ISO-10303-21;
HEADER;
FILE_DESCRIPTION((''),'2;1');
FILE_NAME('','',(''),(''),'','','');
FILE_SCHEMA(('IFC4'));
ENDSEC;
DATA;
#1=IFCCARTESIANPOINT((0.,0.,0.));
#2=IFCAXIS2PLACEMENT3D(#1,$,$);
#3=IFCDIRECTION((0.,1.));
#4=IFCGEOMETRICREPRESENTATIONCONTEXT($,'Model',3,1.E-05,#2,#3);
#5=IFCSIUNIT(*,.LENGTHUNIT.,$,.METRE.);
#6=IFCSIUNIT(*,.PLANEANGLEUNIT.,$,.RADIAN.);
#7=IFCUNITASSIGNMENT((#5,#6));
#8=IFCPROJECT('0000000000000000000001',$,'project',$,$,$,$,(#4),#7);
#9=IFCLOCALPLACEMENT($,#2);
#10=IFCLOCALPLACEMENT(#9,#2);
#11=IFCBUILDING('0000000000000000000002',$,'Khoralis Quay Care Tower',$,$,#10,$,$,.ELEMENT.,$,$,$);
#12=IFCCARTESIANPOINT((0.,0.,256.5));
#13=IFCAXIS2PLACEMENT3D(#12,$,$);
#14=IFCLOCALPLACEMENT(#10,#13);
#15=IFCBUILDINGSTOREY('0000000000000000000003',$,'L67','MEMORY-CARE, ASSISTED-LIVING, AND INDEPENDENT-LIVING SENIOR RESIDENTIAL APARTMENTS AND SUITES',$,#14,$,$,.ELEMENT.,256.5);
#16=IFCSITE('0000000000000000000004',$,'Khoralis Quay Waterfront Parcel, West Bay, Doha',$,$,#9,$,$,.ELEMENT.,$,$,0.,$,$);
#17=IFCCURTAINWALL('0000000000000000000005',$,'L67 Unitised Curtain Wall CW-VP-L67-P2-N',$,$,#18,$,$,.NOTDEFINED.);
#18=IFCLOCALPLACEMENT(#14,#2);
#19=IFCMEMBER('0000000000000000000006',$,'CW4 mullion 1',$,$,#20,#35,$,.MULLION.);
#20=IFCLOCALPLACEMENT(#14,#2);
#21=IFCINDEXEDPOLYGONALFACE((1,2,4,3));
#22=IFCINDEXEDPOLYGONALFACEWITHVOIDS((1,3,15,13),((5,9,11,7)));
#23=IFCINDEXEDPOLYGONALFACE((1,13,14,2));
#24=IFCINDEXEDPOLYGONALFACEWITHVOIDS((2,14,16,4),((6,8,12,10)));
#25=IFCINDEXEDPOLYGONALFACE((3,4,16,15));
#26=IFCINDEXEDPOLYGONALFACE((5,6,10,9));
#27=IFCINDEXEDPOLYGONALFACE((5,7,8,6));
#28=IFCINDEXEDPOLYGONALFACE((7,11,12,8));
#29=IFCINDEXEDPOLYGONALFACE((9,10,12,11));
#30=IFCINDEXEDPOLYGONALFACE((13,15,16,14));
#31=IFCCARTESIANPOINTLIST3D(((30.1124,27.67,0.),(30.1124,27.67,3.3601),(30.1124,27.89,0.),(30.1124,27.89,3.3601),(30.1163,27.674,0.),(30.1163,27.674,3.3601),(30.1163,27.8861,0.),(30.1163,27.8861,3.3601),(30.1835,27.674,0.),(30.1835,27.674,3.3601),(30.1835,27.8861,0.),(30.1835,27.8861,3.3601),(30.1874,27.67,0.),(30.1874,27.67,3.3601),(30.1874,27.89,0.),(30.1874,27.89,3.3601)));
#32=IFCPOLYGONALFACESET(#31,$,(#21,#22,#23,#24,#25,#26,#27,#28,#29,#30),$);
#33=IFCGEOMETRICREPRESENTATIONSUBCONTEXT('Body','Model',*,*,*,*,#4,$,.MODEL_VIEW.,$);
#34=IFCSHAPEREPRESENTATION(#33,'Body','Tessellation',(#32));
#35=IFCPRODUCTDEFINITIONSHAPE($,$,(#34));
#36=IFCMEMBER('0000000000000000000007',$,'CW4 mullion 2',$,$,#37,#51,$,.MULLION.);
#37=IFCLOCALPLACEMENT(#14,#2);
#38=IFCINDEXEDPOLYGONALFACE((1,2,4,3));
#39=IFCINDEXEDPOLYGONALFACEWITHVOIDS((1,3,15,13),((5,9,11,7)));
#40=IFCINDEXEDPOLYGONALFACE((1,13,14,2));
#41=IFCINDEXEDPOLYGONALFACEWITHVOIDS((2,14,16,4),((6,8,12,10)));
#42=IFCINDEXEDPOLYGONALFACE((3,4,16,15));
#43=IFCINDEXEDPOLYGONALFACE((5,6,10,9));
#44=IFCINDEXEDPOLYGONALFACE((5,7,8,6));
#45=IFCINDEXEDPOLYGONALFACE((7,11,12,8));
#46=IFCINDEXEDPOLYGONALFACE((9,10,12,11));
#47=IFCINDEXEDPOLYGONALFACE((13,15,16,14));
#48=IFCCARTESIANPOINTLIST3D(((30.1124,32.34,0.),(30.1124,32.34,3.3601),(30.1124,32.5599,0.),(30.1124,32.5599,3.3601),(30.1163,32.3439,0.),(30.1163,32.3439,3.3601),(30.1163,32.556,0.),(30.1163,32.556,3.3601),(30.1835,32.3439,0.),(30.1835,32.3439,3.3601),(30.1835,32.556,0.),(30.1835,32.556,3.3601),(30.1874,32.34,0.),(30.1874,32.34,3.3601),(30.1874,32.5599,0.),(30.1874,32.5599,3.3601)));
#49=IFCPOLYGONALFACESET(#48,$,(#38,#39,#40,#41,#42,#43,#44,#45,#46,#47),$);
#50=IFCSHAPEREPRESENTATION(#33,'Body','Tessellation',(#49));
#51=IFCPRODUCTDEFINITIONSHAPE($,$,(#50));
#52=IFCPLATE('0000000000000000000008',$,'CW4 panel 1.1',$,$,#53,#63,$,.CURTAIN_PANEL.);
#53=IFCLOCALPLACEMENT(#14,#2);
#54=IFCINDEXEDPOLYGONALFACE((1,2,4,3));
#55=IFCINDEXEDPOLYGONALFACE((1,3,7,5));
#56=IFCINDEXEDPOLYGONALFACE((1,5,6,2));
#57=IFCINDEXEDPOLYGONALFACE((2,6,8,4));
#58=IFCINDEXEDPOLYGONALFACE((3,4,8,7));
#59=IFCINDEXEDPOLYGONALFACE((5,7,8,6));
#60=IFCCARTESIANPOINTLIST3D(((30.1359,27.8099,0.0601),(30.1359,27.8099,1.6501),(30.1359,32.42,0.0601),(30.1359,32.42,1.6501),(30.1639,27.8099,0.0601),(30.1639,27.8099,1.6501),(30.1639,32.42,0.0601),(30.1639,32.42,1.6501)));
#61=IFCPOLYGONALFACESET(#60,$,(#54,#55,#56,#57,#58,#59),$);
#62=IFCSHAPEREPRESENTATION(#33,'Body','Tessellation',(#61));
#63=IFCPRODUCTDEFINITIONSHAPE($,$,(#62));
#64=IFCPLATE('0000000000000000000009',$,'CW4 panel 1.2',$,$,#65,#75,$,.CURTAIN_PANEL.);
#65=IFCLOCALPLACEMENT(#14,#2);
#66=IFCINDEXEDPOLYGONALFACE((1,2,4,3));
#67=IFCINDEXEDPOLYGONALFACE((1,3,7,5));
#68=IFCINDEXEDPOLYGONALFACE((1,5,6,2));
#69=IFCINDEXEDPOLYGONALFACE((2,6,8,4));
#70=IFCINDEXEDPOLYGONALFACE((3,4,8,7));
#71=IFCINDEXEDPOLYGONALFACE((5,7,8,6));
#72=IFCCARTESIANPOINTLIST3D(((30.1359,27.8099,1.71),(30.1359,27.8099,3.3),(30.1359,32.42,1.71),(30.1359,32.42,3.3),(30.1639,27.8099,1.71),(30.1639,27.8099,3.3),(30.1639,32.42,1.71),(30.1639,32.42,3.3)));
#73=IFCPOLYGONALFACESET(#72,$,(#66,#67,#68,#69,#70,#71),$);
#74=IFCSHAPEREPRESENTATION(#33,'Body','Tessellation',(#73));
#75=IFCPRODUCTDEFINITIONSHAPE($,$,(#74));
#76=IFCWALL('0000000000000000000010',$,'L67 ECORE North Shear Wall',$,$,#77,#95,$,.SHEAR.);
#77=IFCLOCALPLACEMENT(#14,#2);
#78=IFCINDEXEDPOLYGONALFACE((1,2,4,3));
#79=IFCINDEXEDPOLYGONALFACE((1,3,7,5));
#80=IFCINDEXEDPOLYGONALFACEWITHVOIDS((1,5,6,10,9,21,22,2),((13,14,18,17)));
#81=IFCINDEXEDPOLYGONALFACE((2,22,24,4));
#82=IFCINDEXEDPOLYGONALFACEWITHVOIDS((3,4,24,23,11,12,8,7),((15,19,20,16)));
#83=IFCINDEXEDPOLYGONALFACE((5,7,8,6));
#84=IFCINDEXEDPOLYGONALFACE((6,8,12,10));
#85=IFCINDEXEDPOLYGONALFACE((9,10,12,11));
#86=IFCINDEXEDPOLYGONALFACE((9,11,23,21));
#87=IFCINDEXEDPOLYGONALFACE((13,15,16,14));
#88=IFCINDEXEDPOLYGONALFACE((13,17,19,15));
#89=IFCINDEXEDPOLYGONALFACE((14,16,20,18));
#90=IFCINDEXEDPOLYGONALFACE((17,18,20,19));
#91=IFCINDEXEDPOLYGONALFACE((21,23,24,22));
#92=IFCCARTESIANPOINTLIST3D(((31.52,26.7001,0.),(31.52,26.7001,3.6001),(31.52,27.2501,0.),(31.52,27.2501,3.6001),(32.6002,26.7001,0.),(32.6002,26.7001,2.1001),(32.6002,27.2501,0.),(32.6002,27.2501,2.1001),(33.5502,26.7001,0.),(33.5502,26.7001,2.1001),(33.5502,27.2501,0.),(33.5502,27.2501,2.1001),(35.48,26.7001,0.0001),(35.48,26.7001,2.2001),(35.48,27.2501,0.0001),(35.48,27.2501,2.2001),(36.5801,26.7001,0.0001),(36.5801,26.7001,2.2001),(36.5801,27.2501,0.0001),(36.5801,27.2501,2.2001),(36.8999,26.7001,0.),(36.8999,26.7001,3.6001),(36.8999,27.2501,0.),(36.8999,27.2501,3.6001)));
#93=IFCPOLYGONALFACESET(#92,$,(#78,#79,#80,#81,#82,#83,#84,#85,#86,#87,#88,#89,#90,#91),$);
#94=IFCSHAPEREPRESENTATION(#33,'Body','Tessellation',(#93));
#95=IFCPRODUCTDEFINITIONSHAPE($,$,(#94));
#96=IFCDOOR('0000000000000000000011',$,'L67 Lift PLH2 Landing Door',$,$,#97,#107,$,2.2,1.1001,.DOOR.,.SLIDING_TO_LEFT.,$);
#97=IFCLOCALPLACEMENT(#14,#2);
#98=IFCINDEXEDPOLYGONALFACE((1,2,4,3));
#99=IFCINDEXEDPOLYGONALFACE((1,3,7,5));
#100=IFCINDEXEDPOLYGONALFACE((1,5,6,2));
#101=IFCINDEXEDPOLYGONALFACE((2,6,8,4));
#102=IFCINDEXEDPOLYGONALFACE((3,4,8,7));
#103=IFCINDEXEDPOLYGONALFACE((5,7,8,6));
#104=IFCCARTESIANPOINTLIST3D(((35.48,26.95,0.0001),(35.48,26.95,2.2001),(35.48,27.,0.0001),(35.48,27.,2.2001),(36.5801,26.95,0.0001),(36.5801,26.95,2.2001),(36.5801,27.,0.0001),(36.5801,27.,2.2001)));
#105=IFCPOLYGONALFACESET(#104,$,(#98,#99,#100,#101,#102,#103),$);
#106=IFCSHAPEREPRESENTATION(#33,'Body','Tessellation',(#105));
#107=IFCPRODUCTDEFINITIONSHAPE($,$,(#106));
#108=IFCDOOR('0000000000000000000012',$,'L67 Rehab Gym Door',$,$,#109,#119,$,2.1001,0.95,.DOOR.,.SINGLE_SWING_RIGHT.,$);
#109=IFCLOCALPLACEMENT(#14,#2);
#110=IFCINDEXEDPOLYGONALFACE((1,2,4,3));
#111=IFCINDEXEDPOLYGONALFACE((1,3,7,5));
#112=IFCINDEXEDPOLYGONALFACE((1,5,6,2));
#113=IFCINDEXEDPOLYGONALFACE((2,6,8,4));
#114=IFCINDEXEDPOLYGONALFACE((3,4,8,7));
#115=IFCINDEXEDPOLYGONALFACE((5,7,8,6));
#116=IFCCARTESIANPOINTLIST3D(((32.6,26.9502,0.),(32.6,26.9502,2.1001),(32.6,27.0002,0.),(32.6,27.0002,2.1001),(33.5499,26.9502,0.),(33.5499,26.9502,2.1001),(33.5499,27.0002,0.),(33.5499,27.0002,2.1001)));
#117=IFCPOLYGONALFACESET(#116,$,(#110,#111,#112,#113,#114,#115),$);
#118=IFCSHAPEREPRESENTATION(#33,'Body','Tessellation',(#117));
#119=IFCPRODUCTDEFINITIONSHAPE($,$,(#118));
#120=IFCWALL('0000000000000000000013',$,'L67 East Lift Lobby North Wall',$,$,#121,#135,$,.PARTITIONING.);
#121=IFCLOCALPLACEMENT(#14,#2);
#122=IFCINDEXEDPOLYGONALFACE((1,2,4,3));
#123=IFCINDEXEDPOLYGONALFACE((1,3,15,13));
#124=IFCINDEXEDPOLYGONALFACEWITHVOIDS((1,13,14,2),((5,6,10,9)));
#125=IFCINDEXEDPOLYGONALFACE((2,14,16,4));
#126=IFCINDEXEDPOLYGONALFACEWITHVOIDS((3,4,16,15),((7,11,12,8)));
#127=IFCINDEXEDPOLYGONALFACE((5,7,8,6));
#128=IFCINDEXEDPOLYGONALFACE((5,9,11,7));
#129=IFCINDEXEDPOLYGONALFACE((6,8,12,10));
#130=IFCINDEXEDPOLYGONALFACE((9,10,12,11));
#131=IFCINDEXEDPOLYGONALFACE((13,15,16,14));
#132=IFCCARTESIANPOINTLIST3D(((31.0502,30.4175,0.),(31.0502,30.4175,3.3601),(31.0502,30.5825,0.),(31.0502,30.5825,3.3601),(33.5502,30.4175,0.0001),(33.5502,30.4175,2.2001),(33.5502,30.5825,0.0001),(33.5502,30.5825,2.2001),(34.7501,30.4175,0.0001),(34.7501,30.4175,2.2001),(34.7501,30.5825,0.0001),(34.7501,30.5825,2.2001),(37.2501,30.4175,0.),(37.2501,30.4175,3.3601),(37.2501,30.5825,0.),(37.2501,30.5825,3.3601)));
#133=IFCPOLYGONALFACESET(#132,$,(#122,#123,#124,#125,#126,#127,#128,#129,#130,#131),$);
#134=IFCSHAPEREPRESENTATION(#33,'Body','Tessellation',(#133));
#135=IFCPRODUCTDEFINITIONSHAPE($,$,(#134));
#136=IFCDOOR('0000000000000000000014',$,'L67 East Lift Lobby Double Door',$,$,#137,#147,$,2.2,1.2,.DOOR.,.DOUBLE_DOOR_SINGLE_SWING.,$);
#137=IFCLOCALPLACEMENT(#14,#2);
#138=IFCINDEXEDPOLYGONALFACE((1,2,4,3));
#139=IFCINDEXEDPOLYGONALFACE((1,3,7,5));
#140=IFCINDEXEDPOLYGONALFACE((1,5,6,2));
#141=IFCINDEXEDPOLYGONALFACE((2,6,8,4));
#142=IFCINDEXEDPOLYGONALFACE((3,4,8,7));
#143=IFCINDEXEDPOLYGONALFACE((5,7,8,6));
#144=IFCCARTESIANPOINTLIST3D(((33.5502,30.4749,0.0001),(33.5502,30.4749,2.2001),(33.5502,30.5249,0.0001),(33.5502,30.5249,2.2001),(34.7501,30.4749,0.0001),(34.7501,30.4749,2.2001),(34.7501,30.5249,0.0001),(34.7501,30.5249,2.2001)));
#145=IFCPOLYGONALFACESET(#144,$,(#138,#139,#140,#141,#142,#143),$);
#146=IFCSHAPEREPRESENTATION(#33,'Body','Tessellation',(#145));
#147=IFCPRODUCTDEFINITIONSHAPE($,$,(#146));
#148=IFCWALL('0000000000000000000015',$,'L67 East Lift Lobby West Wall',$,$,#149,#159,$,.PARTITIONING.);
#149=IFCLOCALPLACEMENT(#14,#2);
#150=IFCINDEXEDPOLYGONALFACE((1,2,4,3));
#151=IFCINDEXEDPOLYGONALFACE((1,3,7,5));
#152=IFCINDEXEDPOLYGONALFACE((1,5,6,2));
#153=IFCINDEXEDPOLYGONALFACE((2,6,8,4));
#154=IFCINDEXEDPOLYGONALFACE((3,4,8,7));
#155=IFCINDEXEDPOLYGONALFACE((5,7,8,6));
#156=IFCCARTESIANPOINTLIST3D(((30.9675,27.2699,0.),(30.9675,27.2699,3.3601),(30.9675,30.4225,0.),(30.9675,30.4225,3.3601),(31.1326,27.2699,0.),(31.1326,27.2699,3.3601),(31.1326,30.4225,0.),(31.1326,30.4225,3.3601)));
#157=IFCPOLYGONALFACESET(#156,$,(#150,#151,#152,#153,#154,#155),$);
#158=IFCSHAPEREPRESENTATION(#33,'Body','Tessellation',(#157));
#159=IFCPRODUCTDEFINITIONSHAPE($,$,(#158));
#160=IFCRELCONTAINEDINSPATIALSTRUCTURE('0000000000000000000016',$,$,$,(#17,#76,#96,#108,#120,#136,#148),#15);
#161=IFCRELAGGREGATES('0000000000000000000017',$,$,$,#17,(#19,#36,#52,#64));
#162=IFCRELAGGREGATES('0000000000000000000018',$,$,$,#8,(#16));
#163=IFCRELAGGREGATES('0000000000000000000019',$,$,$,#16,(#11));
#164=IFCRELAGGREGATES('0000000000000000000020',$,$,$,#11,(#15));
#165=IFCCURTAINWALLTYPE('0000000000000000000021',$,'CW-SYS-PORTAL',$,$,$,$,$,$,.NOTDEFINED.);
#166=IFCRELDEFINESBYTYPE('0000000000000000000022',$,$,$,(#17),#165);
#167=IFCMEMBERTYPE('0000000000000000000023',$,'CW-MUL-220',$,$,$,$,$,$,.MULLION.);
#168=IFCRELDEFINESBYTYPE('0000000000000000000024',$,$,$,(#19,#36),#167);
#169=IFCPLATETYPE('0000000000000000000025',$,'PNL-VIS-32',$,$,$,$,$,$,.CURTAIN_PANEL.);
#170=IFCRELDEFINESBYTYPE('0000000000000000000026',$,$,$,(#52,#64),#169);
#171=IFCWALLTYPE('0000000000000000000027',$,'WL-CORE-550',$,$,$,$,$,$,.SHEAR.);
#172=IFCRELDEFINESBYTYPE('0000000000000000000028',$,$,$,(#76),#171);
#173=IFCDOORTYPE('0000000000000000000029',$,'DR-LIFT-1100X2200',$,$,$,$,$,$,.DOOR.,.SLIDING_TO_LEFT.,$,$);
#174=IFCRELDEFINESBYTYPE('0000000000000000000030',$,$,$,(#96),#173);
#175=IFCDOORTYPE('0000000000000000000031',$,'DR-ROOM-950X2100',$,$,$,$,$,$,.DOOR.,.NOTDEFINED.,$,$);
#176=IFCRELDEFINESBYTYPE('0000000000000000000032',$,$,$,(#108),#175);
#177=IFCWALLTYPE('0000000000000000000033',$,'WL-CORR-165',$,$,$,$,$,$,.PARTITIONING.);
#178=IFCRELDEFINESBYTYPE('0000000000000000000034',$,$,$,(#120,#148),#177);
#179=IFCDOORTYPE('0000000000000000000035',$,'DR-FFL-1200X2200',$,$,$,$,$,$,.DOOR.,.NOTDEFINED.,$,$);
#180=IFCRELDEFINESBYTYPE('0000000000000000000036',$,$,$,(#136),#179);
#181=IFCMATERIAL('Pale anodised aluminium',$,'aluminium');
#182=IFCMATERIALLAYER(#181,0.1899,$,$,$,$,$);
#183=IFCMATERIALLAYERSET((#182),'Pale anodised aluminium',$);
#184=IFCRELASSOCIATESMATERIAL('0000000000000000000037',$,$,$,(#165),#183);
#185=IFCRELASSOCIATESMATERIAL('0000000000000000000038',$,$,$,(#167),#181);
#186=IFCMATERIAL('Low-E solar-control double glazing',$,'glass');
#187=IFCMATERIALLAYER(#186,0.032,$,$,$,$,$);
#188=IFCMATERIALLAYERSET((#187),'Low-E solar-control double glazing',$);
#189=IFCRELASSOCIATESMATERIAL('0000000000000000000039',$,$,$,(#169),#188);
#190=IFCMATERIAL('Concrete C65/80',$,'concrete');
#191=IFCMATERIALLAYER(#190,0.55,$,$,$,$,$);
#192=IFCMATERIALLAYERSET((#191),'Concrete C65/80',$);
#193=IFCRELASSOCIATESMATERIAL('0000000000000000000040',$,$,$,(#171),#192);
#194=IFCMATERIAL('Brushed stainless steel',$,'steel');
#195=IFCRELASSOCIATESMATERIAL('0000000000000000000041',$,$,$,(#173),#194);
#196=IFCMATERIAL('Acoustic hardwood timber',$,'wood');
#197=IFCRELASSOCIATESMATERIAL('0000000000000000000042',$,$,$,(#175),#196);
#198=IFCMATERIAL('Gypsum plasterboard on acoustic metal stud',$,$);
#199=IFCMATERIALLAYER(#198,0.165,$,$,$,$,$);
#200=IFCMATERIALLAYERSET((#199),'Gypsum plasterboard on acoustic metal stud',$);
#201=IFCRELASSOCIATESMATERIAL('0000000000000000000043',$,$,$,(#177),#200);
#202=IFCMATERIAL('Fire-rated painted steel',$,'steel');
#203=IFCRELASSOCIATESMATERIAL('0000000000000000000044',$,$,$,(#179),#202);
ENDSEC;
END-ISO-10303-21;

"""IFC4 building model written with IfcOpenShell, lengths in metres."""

from ifc_helpers import new_model, si_unit, direction, frame, frame_2d, origin, origin_2d, place, context, subcontext, project, spatial, rectangle, hollow_rectangle, extrude, source, transform, mapped, material, layer, layer_set, material_profile, profile_set, type_object, element, fill, aggregate, save


model = new_model("IFC4")

# Units and contexts
model_context = context("Model", 3, precision=1e-05, world=origin(), true_north=direction((0.0, 1.0)))
body_context = subcontext(model_context, "Body", "Model", "MODEL_VIEW")
ifc_project = project(units=[si_unit("LENGTHUNIT", "METRE"), si_unit("PLANEANGLEUNIT", "RADIAN")], contexts=[model_context])

# Site, building, storey
site_placement = place(None, origin())
site = spatial("IfcSite", under=ifc_project, at=site_placement, Name="Khoralis Quay Waterfront Parcel, West Bay, Doha", CompositionType="ELEMENT", RefElevation=0.0)
building_placement = place(site_placement, origin())
building = spatial("IfcBuilding", under=site, at=building_placement, Name="Khoralis Quay Care Tower", CompositionType="ELEMENT")
storey_placement = place(building_placement, frame((0.0, 0.0, 256.5)))
storey = spatial("IfcBuildingStorey", under=building, at=storey_placement, Name="L67", Description="MEMORY-CARE, ASSISTED-LIVING, AND INDEPENDENT-LIVING SENIOR RESIDENTIAL APARTMENTS AND SUITES", CompositionType="ELEMENT", Elevation=256.5)

# Curtain wall, members, plates
ifc_material_1 = material(Name="Pale anodised aluminium", Category="aluminium")
ifc_layer_1 = layer(ifc_material_1, 0.1899)
ifc_layer_set_1 = layer_set([ifc_layer_1], Name="Pale anodised aluminium")
curtain_wall_type = type_object("IfcCurtainWallType", Name="CW-SYS-PORTAL", PredefinedType="NOTDEFINED", material=ifc_layer_set_1)
curtain_wall_placement = place(storey_placement, origin())
curtain_wall = element("IfcCurtainWall", 1, at=curtain_wall_placement, inside=storey, type_object=curtain_wall_type, Name="L67 Unitised Curtain Wall CW-VP-L67-P2-N", PredefinedType="NOTDEFINED")
ifc_material_profile_1 = material_profile(ifc_material_1, hollow_rectangle(XDim=0.075, YDim=0.22, WallThickness=0.0039, at=origin_2d()), Name="Pale anodised aluminium")
ifc_profile_set_1 = profile_set([ifc_material_profile_1], Name="Pale anodised aluminium")
member_type_1 = type_object("IfcMemberType", Name="CW-MUL-220", PredefinedType="MULLION", material=ifc_profile_set_1)
shared_shape_1 = source(origin(), body_context, "Body", "SweptSolid", [
    extrude(hollow_rectangle(XDim=0.075, YDim=0.22, WallThickness=0.0039, at=origin_2d()), origin(), (0.0, 0.0, 1.0), 3.3601),
])
member_1_placement = place(storey_placement, frame((30.1499, 27.78, 0.0), z_axis=(0.0, 0.0, 1.0), x_axis=(-1.0, 0.0, 0.0)))
member_1 = element("IfcMember", 2, at=member_1_placement, type_object=member_type_1, Name="CW4 mullion 1", PredefinedType="MULLION", context=body_context, shape_type="MappedRepresentation", body=[
    mapped(shared_shape_1, transform((0.0, 0.0, 0.0), scale=1.0)),
])
member_2_placement = place(storey_placement, frame((30.1499, 32.45, 0.0), z_axis=(0.0, 0.0, 1.0), x_axis=(-1.0, 0.0, 0.0)))
member_2 = element("IfcMember", 3, at=member_2_placement, type_object=member_type_1, Name="CW4 mullion 2", PredefinedType="MULLION", context=body_context, shape_type="MappedRepresentation", body=[
    mapped(shared_shape_1, transform((0.0, 0.0, 0.0), scale=1.0)),
])
ifc_material_2 = material(Name="Low-E solar-control double glazing", Category="glass")
ifc_layer_2 = layer(ifc_material_2, 0.032)
ifc_layer_set_2 = layer_set([ifc_layer_2], Name="Low-E solar-control double glazing")
plate_type = type_object("IfcPlateType", Name="PNL-VIS-32", PredefinedType="CURTAIN_PANEL", material=ifc_layer_set_2)
shared_shape_2 = source(origin(), body_context, "Body", "SweptSolid", [
    extrude(rectangle(XDim=4.6101, YDim=0.0281, at=origin_2d()), origin(), (0.0, 0.0, 1.0), 1.5901),
])
plate_1_placement = place(storey_placement, frame((30.1499, 30.115, 0.0601), z_axis=(0.0, 0.0, 1.0), x_axis=(0.0, 1.0, 0.0)))
plate_1 = element("IfcPlate", 4, at=plate_1_placement, type_object=plate_type, Name="CW4 panel 1.1", PredefinedType="CURTAIN_PANEL", context=body_context, shape_type="MappedRepresentation", body=[
    mapped(shared_shape_2, transform((0.0, 0.0, 0.0), scale=1.0)),
])
plate_2_placement = place(storey_placement, frame((30.1499, 30.115, 1.71), z_axis=(0.0, 0.0, 1.0), x_axis=(0.0, 1.0, 0.0)))
plate_2 = element("IfcPlate", 5, at=plate_2_placement, type_object=plate_type, Name="CW4 panel 1.2", PredefinedType="CURTAIN_PANEL", context=body_context, shape_type="MappedRepresentation", body=[
    mapped(shared_shape_2, transform((0.0, 0.0, 0.0), scale=1.0)),
])
aggregate(curtain_wall, [member_1, member_2, plate_1, plate_2])

# Wall, openings, doors
ifc_material_3 = material(Name="Concrete C65/80", Category="concrete")
ifc_layer_3 = layer(ifc_material_3, 0.55)
ifc_layer_set_3 = layer_set([ifc_layer_3], Name="Concrete C65/80")
wall_type_1 = type_object("IfcWallType", Name="WL-CORE-550", PredefinedType="SHEAR", material=ifc_layer_set_3)
wall_1_placement = place(storey_placement, frame((31.52, 26.9751, 0.0), z_axis=(0.0, 0.0, 1.0), x_axis=(1.0, 0.0, 0.0)))
wall_1 = element("IfcWall", 6, at=wall_1_placement, inside=storey, type_object=wall_type_1, Name="L67 ECORE North Shear Wall", PredefinedType="SHEAR", context=body_context, shape_type="SweptSolid", body=[
    extrude(rectangle(XDim=5.3799, YDim=0.55, at=frame_2d((2.6899, 0.0))), origin(), (0.0, 0.0, 1.0), 3.6001),
])
opening_1_placement = place(wall_1_placement, frame((1.0801, 0.0, 0.0)))
opening_1 = element("IfcOpeningElement", 7, at=opening_1_placement, cuts=wall_1, PredefinedType="OPENING", context=body_context, shape_type="SweptSolid", body=[
    extrude(rectangle(XDim=0.95, YDim=2.1001, at=frame_2d((0.4751, 1.05))), frame((0.0, 0.2852, 0.0), z_axis=(0.0, -1.0, 0.0), x_axis=(1.0, 0.0, 0.0)), (0.0, 0.0, 1.0), 0.5701),
])
opening_2_placement = place(wall_1_placement, frame((3.96, 0.0, 0.0)))
opening_2 = element("IfcOpeningElement", 8, at=opening_2_placement, cuts=wall_1, PredefinedType="OPENING", context=body_context, shape_type="SweptSolid", body=[
    extrude(rectangle(XDim=1.1001, YDim=2.2, at=frame_2d((0.55, 1.1001))), frame((0.0, 0.2852, 0.0), z_axis=(0.0, -1.0, 0.0), x_axis=(1.0, 0.0, 0.0)), (0.0, 0.0, 1.0), 0.5701),
])
ifc_material_4 = material(Name="Brushed stainless steel", Category="steel")
door_type_1 = type_object("IfcDoorType", Name="DR-LIFT-1100X2200", OperationType="SLIDING_TO_LEFT", PredefinedType="DOOR", material=ifc_material_4)
shared_shape_3 = source(origin(), body_context, "Body", "SweptSolid", [
    extrude(rectangle(XDim=1.1001, YDim=2.2, at=frame_2d((0.55, 1.1001))), frame((0.0, 0.0249, 0.0), z_axis=(0.0, -1.0, 0.0), x_axis=(1.0, 0.0, 0.0)), (0.0, 0.0, 1.0), 0.05),
])
door_1_placement = place(opening_2_placement, origin())
door_1 = element("IfcDoor", 9, at=door_1_placement, inside=storey, type_object=door_type_1, Name="L67 Lift PLH2 Landing Door", OperationType="SLIDING_TO_LEFT", OverallHeight=2.2, OverallWidth=1.1001, PredefinedType="DOOR", context=body_context, shape_type="MappedRepresentation", body=[
    mapped(shared_shape_3, transform((0.0, 0.0, 0.0), scale=1.0)),
])
fill(opening_2, door_1)
ifc_material_5 = material(Name="Acoustic hardwood timber", Category="wood")
door_type_2 = type_object("IfcDoorType", Name="DR-ROOM-950X2100", OperationType="NOTDEFINED", PredefinedType="DOOR", material=ifc_material_5)
shared_shape_4 = source(origin(), body_context, "Body", "SweptSolid", [
    extrude(rectangle(XDim=0.95, YDim=2.1001, at=frame_2d((0.4751, 1.05))), frame((0.0, 0.0249, 0.0), z_axis=(0.0, -1.0, 0.0), x_axis=(1.0, 0.0, 0.0)), (0.0, 0.0, 1.0), 0.05),
])
door_2_placement = place(opening_1_placement, frame((0.95, 0.0, 0.0), z_axis=(0.0, 0.0, 1.0), x_axis=(-1.0, 0.0, 0.0)))
door_2 = element("IfcDoor", 10, at=door_2_placement, inside=storey, type_object=door_type_2, Name="L67 Rehab Gym Door", OperationType="SINGLE_SWING_RIGHT", OverallHeight=2.1001, OverallWidth=0.95, PredefinedType="DOOR", context=body_context, shape_type="MappedRepresentation", body=[
    mapped(shared_shape_4, transform((0.0, 0.0, 0.0), scale=1.0)),
])
fill(opening_1, door_2)

# Wall, opening, door
ifc_material_6 = material(Name="Gypsum plasterboard on acoustic metal stud")
ifc_layer_4 = layer(ifc_material_6, 0.165)
ifc_layer_set_4 = layer_set([ifc_layer_4], Name="Gypsum plasterboard on acoustic metal stud")
wall_type_2 = type_object("IfcWallType", Name="WL-CORR-165", PredefinedType="PARTITIONING", material=ifc_layer_set_4)
wall_2_placement = place(storey_placement, frame((31.05, 30.5, 0.0), z_axis=(0.0, 0.0, 1.0), x_axis=(1.0, 0.0, 0.0)))
wall_2 = element("IfcWall", 11, at=wall_2_placement, inside=storey, type_object=wall_type_2, Name="L67 East Lift Lobby North Wall", PredefinedType="PARTITIONING", context=body_context, shape_type="SweptSolid", body=[
    extrude(rectangle(XDim=6.2, YDim=0.165, at=frame_2d((3.1001, 0.0))), origin(), (0.0, 0.0, 1.0), 3.3601),
])
opening_3_placement = place(wall_2_placement, frame((2.5, 0.0, 0.0)))
opening_3 = element("IfcOpeningElement", 12, at=opening_3_placement, cuts=wall_2, PredefinedType="OPENING", context=body_context, shape_type="SweptSolid", body=[
    extrude(rectangle(XDim=1.2, YDim=2.2, at=frame_2d((0.6001, 1.1001))), frame((0.0, 0.0925, 0.0), z_axis=(0.0, -1.0, 0.0), x_axis=(1.0, 0.0, 0.0)), (0.0, 0.0, 1.0), 0.1851),
])
ifc_material_7 = material(Name="Fire-rated painted steel", Category="steel")
door_type_3 = type_object("IfcDoorType", Name="DR-FFL-1200X2200", OperationType="NOTDEFINED", PredefinedType="DOOR", material=ifc_material_7)
shared_shape_5 = source(origin(), body_context, "Body", "SweptSolid", [
    extrude(rectangle(XDim=1.2, YDim=2.2, at=frame_2d((0.6001, 1.1001))), frame((0.0, 0.0249, 0.0), z_axis=(0.0, -1.0, 0.0), x_axis=(1.0, 0.0, 0.0)), (0.0, 0.0, 1.0), 0.05),
])
door_3_placement = place(opening_3_placement, origin())
door_3 = element("IfcDoor", 13, at=door_3_placement, inside=storey, type_object=door_type_3, Name="L67 East Lift Lobby Double Door", OperationType="DOUBLE_DOOR_SINGLE_SWING", OverallHeight=2.2, OverallWidth=1.2, PredefinedType="DOOR", context=body_context, shape_type="MappedRepresentation", body=[
    mapped(shared_shape_5, transform((0.0, 0.0, 0.0), scale=1.0)),
])
fill(opening_3, door_3)

# Wall
wall_3_placement = place(storey_placement, frame((31.05, 27.27, 0.0), z_axis=(0.0, 0.0, 1.0), x_axis=(0.0, 1.0, 0.0)))
element("IfcWall", 14, at=wall_3_placement, inside=storey, type_object=wall_type_2, Name="L67 East Lift Lobby West Wall", PredefinedType="PARTITIONING", context=body_context, shape_type="SweptSolid", body=[
    extrude(rectangle(XDim=3.1526, YDim=0.165, at=frame_2d((1.5762, 0.0))), origin(), (0.0, 0.0, 1.0), 3.3601),
])

save(model, "model.ifc")
